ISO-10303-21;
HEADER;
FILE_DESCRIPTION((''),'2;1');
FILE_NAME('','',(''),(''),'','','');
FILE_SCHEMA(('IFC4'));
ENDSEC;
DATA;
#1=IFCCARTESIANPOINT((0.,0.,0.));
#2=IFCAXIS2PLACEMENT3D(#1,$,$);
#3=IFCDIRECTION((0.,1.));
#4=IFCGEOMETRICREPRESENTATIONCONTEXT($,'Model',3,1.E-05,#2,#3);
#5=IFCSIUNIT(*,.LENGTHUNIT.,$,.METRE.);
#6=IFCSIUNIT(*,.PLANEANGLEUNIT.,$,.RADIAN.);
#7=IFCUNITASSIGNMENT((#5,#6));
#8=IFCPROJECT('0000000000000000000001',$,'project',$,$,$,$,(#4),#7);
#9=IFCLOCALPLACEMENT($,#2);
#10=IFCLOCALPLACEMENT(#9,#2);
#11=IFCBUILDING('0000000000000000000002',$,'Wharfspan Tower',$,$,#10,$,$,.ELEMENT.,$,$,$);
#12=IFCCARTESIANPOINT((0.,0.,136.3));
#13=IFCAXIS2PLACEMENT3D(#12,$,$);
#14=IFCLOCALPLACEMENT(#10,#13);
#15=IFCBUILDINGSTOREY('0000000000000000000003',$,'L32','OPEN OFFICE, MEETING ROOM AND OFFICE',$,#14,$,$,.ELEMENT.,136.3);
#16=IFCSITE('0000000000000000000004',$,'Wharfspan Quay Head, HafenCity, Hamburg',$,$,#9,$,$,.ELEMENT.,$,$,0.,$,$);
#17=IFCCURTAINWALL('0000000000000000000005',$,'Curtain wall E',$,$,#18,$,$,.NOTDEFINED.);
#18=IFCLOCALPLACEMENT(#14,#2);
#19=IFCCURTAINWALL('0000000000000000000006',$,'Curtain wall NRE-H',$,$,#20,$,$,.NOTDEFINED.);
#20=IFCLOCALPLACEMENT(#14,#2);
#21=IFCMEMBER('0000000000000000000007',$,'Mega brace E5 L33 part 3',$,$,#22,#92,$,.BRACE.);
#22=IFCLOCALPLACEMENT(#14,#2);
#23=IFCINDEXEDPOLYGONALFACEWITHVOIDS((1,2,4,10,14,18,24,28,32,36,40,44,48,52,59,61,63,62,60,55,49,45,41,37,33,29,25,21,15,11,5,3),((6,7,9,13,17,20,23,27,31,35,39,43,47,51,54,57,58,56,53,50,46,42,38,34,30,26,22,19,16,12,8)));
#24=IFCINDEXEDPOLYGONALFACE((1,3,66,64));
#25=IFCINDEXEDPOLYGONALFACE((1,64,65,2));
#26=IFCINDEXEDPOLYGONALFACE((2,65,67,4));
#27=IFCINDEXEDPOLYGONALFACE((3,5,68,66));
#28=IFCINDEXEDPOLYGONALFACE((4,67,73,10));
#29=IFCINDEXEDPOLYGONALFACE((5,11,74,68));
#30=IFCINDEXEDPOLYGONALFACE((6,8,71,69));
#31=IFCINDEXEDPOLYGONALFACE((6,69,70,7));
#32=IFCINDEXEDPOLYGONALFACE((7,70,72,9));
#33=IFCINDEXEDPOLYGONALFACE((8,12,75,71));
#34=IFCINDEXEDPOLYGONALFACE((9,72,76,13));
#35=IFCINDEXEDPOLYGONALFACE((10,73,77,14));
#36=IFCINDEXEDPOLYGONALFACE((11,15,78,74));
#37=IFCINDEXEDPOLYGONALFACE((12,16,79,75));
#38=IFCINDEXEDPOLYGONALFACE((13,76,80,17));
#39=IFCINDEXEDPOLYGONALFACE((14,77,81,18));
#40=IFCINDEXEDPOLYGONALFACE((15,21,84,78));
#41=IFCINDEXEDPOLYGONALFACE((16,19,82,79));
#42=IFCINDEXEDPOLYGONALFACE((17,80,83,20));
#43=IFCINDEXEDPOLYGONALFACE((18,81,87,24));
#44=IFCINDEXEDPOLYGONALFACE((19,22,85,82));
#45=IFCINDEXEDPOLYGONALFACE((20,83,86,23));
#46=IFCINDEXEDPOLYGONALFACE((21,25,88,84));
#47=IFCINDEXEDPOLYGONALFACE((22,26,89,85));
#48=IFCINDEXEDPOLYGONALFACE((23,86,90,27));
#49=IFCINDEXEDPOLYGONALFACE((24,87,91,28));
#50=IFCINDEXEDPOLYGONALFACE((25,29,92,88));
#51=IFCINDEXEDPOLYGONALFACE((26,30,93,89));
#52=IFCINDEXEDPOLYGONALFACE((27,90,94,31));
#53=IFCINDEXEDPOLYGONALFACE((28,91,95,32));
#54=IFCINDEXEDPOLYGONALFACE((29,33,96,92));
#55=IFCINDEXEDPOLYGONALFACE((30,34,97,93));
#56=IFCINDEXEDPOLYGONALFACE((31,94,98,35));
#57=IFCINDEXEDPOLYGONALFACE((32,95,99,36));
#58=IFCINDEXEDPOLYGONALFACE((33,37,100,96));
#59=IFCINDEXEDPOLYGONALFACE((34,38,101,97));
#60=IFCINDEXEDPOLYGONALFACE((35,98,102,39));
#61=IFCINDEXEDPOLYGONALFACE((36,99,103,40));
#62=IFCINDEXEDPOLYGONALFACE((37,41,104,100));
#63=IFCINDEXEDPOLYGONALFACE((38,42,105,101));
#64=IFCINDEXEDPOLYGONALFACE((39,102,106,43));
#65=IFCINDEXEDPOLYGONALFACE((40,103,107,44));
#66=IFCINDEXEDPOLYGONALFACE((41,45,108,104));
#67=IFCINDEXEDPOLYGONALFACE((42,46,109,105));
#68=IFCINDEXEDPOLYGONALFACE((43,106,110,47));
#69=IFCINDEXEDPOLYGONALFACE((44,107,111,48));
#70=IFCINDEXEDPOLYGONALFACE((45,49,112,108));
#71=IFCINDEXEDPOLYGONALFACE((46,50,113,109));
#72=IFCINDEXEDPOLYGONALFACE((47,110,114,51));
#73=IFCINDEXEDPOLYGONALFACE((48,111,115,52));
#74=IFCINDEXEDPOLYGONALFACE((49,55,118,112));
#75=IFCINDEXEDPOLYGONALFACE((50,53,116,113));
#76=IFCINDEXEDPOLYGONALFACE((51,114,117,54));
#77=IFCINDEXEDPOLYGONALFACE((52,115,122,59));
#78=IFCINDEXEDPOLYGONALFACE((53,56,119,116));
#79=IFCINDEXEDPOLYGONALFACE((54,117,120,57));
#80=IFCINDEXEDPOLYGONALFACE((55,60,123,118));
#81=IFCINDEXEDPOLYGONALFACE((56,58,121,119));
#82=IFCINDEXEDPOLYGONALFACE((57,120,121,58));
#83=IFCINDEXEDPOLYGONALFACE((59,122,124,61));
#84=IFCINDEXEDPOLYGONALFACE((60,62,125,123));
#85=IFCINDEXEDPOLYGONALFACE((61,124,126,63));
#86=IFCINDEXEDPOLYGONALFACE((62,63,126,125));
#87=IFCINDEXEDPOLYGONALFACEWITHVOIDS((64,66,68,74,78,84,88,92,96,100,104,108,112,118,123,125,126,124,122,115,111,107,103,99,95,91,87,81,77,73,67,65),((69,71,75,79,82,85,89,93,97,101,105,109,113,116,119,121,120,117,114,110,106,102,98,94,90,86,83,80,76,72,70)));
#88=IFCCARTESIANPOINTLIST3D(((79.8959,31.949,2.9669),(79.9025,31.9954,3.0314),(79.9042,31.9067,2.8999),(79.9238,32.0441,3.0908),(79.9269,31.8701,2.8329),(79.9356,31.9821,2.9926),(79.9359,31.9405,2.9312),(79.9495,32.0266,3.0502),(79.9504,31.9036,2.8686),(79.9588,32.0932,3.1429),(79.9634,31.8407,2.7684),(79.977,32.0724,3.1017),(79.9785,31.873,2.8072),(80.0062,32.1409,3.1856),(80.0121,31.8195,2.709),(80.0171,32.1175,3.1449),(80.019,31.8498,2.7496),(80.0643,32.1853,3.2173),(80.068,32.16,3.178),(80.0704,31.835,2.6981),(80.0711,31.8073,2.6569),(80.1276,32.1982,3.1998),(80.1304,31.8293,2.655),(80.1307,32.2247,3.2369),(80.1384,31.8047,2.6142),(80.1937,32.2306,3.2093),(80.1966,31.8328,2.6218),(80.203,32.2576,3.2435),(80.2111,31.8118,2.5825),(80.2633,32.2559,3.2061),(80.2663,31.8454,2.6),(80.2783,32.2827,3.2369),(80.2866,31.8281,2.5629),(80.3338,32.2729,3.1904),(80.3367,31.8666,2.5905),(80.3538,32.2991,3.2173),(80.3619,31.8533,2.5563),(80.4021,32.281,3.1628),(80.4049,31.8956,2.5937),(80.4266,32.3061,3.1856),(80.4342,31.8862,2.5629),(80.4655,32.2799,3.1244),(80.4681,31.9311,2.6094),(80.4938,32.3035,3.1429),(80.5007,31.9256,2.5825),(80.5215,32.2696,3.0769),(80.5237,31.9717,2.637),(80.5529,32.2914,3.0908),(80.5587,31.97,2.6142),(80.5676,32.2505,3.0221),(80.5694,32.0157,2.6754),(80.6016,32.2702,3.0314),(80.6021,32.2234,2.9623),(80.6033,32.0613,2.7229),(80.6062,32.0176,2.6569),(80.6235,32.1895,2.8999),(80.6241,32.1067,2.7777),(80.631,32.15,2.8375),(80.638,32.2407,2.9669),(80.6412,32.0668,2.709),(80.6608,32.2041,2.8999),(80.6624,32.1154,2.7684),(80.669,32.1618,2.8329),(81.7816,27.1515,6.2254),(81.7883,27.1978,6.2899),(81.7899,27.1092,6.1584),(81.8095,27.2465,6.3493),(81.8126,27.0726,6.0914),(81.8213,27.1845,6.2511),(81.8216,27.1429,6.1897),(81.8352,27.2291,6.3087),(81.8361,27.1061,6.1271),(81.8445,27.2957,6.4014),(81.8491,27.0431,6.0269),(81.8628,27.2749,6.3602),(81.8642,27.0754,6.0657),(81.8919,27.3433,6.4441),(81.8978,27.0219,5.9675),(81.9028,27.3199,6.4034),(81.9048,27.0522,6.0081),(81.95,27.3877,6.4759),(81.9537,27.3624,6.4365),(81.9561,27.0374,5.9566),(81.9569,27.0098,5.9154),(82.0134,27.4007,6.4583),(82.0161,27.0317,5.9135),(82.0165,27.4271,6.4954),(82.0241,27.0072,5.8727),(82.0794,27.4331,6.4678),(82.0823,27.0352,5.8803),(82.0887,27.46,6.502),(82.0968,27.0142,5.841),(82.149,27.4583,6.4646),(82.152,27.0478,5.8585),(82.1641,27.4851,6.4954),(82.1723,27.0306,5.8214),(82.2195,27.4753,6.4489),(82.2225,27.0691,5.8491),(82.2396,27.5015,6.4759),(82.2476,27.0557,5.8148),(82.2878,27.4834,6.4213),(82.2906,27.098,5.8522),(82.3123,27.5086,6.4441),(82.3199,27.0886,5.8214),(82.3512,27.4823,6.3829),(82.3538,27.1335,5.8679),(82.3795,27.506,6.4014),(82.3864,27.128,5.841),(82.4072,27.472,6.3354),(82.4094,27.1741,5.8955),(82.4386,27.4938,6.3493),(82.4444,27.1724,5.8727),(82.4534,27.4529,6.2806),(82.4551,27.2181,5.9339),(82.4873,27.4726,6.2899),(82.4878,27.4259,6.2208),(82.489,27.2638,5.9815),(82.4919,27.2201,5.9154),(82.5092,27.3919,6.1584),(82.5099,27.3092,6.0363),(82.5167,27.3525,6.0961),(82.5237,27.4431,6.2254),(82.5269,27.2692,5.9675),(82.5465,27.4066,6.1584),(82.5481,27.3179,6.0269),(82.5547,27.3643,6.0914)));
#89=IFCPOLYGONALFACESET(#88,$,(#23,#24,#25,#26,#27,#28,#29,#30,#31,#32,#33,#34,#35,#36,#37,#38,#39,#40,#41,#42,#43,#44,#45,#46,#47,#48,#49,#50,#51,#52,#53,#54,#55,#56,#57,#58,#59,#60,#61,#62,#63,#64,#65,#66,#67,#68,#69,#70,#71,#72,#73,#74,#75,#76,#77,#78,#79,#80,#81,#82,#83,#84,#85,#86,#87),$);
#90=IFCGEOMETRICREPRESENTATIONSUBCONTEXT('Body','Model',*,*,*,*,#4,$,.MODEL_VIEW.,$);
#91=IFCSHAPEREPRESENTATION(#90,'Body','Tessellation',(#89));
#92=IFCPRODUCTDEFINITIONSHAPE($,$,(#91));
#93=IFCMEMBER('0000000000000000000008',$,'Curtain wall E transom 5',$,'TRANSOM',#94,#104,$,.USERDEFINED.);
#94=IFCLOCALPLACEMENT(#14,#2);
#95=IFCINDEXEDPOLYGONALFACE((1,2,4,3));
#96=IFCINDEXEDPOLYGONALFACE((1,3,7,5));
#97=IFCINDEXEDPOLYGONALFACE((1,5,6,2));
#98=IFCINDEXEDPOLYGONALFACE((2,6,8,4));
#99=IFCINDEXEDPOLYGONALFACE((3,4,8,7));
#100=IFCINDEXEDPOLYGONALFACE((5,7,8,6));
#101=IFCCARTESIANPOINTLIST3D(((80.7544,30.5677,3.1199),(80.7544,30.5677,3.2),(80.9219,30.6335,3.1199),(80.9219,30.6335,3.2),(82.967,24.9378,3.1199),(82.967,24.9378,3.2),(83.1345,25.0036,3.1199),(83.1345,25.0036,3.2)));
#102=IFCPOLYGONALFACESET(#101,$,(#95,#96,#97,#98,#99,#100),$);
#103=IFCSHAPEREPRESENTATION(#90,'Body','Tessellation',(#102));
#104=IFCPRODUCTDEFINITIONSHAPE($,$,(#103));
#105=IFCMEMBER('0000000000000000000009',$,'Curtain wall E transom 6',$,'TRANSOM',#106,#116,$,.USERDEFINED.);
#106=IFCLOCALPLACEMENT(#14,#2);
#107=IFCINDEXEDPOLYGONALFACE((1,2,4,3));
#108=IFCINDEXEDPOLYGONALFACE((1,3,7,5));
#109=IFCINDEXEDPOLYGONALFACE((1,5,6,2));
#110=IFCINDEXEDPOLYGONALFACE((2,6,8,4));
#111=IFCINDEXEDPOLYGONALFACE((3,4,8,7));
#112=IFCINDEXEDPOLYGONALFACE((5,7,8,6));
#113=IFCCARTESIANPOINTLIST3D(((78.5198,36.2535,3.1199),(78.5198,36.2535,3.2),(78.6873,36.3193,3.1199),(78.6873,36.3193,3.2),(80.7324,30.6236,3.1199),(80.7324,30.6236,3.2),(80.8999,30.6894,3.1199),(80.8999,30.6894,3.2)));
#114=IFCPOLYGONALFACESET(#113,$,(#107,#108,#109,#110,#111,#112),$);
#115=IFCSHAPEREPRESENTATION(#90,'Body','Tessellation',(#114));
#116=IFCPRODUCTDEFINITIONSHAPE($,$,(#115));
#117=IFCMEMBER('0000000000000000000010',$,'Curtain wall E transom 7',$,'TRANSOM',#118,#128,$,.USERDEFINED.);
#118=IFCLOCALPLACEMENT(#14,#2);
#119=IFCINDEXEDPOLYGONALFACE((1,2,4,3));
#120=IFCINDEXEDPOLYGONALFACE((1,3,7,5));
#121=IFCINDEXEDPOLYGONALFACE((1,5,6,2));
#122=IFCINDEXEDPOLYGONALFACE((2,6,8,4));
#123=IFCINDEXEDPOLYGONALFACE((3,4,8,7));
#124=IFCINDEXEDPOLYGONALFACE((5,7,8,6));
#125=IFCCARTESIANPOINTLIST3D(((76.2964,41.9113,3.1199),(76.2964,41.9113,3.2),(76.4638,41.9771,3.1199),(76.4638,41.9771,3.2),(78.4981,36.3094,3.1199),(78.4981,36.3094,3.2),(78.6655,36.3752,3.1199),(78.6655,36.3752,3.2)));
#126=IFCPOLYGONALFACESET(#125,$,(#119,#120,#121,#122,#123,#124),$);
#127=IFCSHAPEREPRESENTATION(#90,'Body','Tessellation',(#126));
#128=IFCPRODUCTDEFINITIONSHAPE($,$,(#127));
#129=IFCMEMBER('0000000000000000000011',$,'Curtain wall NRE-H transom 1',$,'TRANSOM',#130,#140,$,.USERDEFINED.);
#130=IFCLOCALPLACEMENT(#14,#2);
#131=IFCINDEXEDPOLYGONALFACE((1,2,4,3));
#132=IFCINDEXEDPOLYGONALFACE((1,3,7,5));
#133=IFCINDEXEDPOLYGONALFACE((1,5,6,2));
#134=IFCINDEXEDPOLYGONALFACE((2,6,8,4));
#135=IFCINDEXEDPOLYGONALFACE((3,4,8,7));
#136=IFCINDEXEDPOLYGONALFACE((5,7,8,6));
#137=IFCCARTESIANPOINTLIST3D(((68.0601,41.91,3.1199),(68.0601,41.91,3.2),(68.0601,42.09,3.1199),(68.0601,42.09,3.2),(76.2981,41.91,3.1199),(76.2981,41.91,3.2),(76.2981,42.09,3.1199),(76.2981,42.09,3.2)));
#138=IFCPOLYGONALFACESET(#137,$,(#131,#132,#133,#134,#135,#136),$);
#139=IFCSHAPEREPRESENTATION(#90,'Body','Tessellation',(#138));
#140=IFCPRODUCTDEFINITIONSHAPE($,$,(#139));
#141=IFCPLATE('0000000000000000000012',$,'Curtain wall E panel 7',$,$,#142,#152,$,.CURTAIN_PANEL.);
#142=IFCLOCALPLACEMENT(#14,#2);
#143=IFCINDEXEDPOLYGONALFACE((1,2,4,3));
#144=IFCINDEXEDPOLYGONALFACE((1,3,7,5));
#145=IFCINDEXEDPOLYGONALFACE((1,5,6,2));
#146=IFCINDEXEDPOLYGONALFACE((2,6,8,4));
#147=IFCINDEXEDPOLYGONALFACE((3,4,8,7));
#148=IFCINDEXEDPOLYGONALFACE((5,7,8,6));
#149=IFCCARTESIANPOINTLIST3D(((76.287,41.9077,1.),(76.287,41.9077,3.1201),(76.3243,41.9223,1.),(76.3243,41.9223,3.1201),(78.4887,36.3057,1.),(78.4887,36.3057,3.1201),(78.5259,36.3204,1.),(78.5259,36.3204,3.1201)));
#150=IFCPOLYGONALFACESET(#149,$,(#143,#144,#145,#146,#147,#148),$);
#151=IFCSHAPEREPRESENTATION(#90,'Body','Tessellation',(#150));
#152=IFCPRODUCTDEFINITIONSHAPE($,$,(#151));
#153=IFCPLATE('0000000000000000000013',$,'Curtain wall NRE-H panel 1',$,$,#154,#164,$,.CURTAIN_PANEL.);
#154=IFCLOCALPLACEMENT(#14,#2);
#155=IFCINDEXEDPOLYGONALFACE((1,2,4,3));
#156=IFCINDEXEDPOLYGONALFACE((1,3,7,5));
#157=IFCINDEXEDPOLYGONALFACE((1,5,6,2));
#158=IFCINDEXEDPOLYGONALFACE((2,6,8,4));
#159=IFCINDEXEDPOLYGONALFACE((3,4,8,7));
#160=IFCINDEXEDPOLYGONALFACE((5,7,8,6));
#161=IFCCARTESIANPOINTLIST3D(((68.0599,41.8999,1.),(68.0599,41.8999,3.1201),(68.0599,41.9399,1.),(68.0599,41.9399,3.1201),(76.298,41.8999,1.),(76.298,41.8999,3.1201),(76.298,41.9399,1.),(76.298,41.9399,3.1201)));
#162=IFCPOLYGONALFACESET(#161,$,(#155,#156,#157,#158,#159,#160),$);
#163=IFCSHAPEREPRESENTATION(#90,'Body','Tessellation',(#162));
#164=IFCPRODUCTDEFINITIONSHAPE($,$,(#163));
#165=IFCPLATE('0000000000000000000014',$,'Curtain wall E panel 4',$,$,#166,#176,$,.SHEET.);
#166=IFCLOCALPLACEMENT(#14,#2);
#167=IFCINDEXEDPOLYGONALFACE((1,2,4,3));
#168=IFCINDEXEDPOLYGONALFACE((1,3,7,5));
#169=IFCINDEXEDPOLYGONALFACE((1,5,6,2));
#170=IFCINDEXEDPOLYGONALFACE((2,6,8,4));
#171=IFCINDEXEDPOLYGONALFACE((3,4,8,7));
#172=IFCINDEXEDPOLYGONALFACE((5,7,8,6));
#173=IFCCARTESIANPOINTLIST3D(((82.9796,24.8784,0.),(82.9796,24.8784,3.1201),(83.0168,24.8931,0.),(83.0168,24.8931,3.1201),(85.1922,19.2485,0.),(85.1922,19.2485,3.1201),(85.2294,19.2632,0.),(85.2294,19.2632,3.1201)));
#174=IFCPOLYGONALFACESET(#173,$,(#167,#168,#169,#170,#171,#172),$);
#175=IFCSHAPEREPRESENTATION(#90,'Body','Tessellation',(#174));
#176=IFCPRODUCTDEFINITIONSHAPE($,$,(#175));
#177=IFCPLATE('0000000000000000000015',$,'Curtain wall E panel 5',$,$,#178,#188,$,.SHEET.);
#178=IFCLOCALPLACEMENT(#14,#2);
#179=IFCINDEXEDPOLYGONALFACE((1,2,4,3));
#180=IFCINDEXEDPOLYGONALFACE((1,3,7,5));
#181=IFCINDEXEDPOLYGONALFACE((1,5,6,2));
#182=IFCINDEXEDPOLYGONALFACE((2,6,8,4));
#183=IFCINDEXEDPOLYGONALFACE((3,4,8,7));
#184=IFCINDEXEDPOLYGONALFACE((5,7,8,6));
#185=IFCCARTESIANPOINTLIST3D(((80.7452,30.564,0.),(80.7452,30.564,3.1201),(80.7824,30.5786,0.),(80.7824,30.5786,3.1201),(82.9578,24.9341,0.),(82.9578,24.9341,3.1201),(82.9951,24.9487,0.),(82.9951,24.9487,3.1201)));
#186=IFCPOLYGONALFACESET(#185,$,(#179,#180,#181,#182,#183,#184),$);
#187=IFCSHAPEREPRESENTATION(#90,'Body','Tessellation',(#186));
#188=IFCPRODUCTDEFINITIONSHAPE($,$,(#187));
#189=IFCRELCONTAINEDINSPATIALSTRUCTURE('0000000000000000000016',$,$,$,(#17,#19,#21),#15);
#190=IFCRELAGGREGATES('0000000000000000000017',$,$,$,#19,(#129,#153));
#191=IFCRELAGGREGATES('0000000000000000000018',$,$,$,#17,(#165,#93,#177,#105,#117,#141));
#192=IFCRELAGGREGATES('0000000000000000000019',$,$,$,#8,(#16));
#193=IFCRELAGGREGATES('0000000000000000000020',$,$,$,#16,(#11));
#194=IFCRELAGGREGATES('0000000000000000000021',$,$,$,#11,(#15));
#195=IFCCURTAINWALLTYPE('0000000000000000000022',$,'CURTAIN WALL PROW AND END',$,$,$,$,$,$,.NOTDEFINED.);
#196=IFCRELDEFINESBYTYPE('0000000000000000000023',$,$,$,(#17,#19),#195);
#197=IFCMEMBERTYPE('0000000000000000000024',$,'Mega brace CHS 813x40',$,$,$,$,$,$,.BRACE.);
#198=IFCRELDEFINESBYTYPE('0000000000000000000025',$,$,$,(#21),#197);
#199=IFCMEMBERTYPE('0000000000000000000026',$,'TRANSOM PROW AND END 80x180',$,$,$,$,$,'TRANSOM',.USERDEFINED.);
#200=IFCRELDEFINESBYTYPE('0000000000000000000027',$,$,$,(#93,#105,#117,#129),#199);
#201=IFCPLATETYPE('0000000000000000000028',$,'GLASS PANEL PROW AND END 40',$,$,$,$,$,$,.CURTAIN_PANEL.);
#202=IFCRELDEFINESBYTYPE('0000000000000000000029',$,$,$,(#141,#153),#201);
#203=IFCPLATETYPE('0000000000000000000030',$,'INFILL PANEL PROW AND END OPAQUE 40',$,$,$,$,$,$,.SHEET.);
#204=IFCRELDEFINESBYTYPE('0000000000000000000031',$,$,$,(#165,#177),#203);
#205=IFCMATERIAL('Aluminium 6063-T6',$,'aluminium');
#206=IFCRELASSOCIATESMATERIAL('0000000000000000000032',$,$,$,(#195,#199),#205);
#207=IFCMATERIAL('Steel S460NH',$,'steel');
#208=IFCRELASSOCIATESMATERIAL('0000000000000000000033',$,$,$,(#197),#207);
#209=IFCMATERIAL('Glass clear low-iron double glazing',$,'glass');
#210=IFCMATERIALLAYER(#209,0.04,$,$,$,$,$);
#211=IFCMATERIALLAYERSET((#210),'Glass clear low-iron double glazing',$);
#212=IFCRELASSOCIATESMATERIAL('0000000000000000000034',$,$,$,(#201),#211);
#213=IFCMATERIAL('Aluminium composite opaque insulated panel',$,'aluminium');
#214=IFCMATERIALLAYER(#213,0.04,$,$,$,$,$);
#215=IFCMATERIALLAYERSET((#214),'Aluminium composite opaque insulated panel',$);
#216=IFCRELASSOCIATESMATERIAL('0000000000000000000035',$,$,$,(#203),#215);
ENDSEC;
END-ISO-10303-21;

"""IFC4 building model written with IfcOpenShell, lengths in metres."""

from ifc_helpers import new_model, si_unit, direction, frame, origin, origin_2d, place, context, subcontext, project, spatial, rectangle, hollow_circle, extrude, material, layer, layer_set, material_profile, profile_set, type_object, element, aggregate, save


model = new_model("IFC4")

# Units and contexts
model_context = context("Model", 3, precision=1e-05, world=origin(), true_north=direction((0.0, 1.0)))
body_context = subcontext(model_context, "Body", "Model", "MODEL_VIEW")
ifc_project = project(units=[si_unit("LENGTHUNIT", "METRE"), si_unit("PLANEANGLEUNIT", "RADIAN")], contexts=[model_context])

# Site, building, storey
site_placement = place(None, origin())
site = spatial("IfcSite", under=ifc_project, at=site_placement, Name="Wharfspan Quay Head, HafenCity, Hamburg", CompositionType="ELEMENT", RefElevation=0.0)
building_placement = place(site_placement, origin())
building = spatial("IfcBuilding", under=site, at=building_placement, Name="Wharfspan Tower", CompositionType="ELEMENT")
storey_placement = place(building_placement, frame((0.0, 0.0, 136.3)))
storey = spatial("IfcBuildingStorey", under=building, at=storey_placement, Name="L32", Description="OPEN OFFICE, MEETING ROOM AND OFFICE", CompositionType="ELEMENT", Elevation=136.3)

# Curtain wall
ifc_material_1 = material(Name="Aluminium 6063-T6", Category="aluminium")
curtain_wall_type = type_object("IfcCurtainWallType", Name="CURTAIN WALL PROW AND END", PredefinedType="NOTDEFINED", material=ifc_material_1)
curtain_wall_1_placement = place(storey_placement, origin())
curtain_wall_1 = element("IfcCurtainWall", 1, at=curtain_wall_1_placement, inside=storey, type_object=curtain_wall_type, Name="Curtain wall E", PredefinedType="NOTDEFINED")

# Curtain wall
curtain_wall_2_placement = place(storey_placement, origin())
curtain_wall_2 = element("IfcCurtainWall", 2, at=curtain_wall_2_placement, inside=storey, type_object=curtain_wall_type, Name="Curtain wall NRE-H", PredefinedType="NOTDEFINED")

# Members
ifc_material_2 = material(Name="Steel S460NH", Category="steel")
ifc_material_profile_1 = material_profile(ifc_material_2, hollow_circle(Radius=0.4065, WallThickness=0.04, at=origin_2d()))
ifc_profile_set_1 = profile_set([ifc_material_profile_1], Name="Steel S460NH")
member_type_1 = type_object("IfcMemberType", Name="Mega brace CHS 813x40", PredefinedType="BRACE", material=ifc_profile_set_1)
member_1_placement = place(storey_placement, frame((80.2825, 32.0554, 2.8999), z_axis=(0.309216, -0.786692, 0.534323), x_axis=(0.93069, 0.365817, 0.000002)))
element("IfcMember", 3, at=member_1_placement, inside=storey, type_object=member_type_1, Name="Mega brace E5 L33 part 3", PredefinedType="BRACE", context=body_context, shape_type="SweptSolid", body=[
    extrude(hollow_circle(Radius=0.4065, WallThickness=0.04, at=origin_2d()), origin(), (0.0, 0.0, 1.0), 6.0984),
])
ifc_material_profile_2 = material_profile(ifc_material_1, rectangle(XDim=0.1799, YDim=0.0801, at=origin_2d()))
ifc_profile_set_2 = profile_set([ifc_material_profile_2], Name="Aluminium 6063-T6")
member_type_2 = type_object("IfcMemberType", Name="TRANSOM PROW AND END 80x180", ElementType="TRANSOM", PredefinedType="USERDEFINED", material=ifc_profile_set_2)
member_2_placement = place(storey_placement, frame((83.0508, 24.9707, 3.1599), z_axis=(-0.365782, 0.9307, 0.0), x_axis=(-0.9307, -0.365782, 0.0)))
member_2 = element("IfcMember", 4, at=member_2_placement, type_object=member_type_2, Name="Curtain wall E transom 5", ObjectType="TRANSOM", PredefinedType="USERDEFINED", context=body_context, shape_type="SweptSolid", body=[
    extrude(rectangle(XDim=0.1799, YDim=0.0801, at=origin_2d()), origin(), (0.0, 0.0, 1.0), 6.0491),
])
member_3_placement = place(storey_placement, frame((80.8162, 30.6565, 3.1599), z_axis=(-0.365782, 0.9307, 0.0), x_axis=(-0.9307, -0.365782, 0.0)))
member_3 = element("IfcMember", 5, at=member_3_placement, type_object=member_type_2, Name="Curtain wall E transom 6", ObjectType="TRANSOM", PredefinedType="USERDEFINED", context=body_context, shape_type="SweptSolid", body=[
    extrude(rectangle(XDim=0.1799, YDim=0.0801, at=origin_2d()), origin(), (0.0, 0.0, 1.0), 6.0491),
])
member_4_placement = place(storey_placement, frame((78.5818, 36.3423, 3.1599), z_axis=(-0.365789, 0.930698, 0.0), x_axis=(-0.930698, -0.365789, 0.0)))
member_4 = element("IfcMember", 6, at=member_4_placement, type_object=member_type_2, Name="Curtain wall E transom 7", ObjectType="TRANSOM", PredefinedType="USERDEFINED", context=body_context, shape_type="SweptSolid", body=[
    extrude(rectangle(XDim=0.1799, YDim=0.0801, at=origin_2d()), origin(), (0.0, 0.0, 1.0), 6.019),
])
member_5_placement = place(storey_placement, frame((76.2981, 42.0, 3.1599), z_axis=(-1.0, 0.0, 0.0), x_axis=(0.0, -1.0, 0.0)))
member_5 = element("IfcMember", 7, at=member_5_placement, type_object=member_type_2, Name="Curtain wall NRE-H transom 1", ObjectType="TRANSOM", PredefinedType="USERDEFINED", context=body_context, shape_type="SweptSolid", body=[
    extrude(rectangle(XDim=0.1799, YDim=0.0801, at=origin_2d()), origin(), (0.0, 0.0, 1.0), 8.238),
])

# Plates
ifc_material_3 = material(Name="Glass clear low-iron double glazing", Category="glass")
ifc_layer_1 = layer(ifc_material_3, 0.04)
ifc_layer_set_1 = layer_set([ifc_layer_1], Name="Glass clear low-iron double glazing")
plate_type_1 = type_object("IfcPlateType", Name="GLASS PANEL PROW AND END 40", PredefinedType="CURTAIN_PANEL", material=ifc_layer_set_1)
plate_1_placement = place(storey_placement, frame((77.4065, 39.114, 1.0), z_axis=(0.0, 0.0, 1.0), x_axis=(-0.365778, 0.930702, 0.0)))
plate_1 = element("IfcPlate", 8, at=plate_1_placement, type_object=plate_type_1, Name="Curtain wall E panel 7", PredefinedType="CURTAIN_PANEL", context=body_context, shape_type="SweptSolid", body=[
    extrude(rectangle(XDim=6.019, YDim=0.04, at=origin_2d()), origin(), (0.0, 0.0, 1.0), 2.1201),
])
plate_2_placement = place(storey_placement, frame((72.179, 41.9199, 1.0), z_axis=(0.0, 0.0, 1.0), x_axis=(-1.0, 0.0, 0.0)))
plate_2 = element("IfcPlate", 9, at=plate_2_placement, type_object=plate_type_1, Name="Curtain wall NRE-H panel 1", PredefinedType="CURTAIN_PANEL", context=body_context, shape_type="SweptSolid", body=[
    extrude(rectangle(XDim=8.238, YDim=0.04, at=origin_2d()), origin(), (0.0, 0.0, 1.0), 2.1201),
])
aggregate(curtain_wall_2, [member_5, plate_2])
ifc_material_4 = material(Name="Aluminium composite opaque insulated panel", Category="aluminium")
ifc_layer_2 = layer(ifc_material_4, 0.04)
ifc_layer_set_2 = layer_set([ifc_layer_2], Name="Aluminium composite opaque insulated panel")
plate_type_2 = type_object("IfcPlateType", Name="INFILL PANEL PROW AND END OPAQUE 40", PredefinedType="SHEET", material=ifc_layer_set_2)
plate_3_placement = place(storey_placement, frame((84.1045, 22.0708, 0.0), z_axis=(0.0, 0.0, 1.0), x_axis=(-0.365778, 0.930702, 0.0)))
plate_3 = element("IfcPlate", 10, at=plate_3_placement, type_object=plate_type_2, Name="Curtain wall E panel 4", PredefinedType="SHEET", context=body_context, shape_type="SweptSolid", body=[
    extrude(rectangle(XDim=6.0491, YDim=0.04, at=origin_2d()), origin(), (0.0, 0.0, 1.0), 3.1201),
])
plate_4_placement = place(storey_placement, frame((81.8701, 27.7563, 0.0), z_axis=(0.0, 0.0, 1.0), x_axis=(-0.365778, 0.930702, 0.0)))
plate_4 = element("IfcPlate", 11, at=plate_4_placement, type_object=plate_type_2, Name="Curtain wall E panel 5", PredefinedType="SHEET", context=body_context, shape_type="SweptSolid", body=[
    extrude(rectangle(XDim=6.0491, YDim=0.04, at=origin_2d()), origin(), (0.0, 0.0, 1.0), 3.1201),
])
aggregate(curtain_wall_1, [plate_3, member_2, plate_4, member_3, member_4, plate_1])

save(model, "model.ifc")
